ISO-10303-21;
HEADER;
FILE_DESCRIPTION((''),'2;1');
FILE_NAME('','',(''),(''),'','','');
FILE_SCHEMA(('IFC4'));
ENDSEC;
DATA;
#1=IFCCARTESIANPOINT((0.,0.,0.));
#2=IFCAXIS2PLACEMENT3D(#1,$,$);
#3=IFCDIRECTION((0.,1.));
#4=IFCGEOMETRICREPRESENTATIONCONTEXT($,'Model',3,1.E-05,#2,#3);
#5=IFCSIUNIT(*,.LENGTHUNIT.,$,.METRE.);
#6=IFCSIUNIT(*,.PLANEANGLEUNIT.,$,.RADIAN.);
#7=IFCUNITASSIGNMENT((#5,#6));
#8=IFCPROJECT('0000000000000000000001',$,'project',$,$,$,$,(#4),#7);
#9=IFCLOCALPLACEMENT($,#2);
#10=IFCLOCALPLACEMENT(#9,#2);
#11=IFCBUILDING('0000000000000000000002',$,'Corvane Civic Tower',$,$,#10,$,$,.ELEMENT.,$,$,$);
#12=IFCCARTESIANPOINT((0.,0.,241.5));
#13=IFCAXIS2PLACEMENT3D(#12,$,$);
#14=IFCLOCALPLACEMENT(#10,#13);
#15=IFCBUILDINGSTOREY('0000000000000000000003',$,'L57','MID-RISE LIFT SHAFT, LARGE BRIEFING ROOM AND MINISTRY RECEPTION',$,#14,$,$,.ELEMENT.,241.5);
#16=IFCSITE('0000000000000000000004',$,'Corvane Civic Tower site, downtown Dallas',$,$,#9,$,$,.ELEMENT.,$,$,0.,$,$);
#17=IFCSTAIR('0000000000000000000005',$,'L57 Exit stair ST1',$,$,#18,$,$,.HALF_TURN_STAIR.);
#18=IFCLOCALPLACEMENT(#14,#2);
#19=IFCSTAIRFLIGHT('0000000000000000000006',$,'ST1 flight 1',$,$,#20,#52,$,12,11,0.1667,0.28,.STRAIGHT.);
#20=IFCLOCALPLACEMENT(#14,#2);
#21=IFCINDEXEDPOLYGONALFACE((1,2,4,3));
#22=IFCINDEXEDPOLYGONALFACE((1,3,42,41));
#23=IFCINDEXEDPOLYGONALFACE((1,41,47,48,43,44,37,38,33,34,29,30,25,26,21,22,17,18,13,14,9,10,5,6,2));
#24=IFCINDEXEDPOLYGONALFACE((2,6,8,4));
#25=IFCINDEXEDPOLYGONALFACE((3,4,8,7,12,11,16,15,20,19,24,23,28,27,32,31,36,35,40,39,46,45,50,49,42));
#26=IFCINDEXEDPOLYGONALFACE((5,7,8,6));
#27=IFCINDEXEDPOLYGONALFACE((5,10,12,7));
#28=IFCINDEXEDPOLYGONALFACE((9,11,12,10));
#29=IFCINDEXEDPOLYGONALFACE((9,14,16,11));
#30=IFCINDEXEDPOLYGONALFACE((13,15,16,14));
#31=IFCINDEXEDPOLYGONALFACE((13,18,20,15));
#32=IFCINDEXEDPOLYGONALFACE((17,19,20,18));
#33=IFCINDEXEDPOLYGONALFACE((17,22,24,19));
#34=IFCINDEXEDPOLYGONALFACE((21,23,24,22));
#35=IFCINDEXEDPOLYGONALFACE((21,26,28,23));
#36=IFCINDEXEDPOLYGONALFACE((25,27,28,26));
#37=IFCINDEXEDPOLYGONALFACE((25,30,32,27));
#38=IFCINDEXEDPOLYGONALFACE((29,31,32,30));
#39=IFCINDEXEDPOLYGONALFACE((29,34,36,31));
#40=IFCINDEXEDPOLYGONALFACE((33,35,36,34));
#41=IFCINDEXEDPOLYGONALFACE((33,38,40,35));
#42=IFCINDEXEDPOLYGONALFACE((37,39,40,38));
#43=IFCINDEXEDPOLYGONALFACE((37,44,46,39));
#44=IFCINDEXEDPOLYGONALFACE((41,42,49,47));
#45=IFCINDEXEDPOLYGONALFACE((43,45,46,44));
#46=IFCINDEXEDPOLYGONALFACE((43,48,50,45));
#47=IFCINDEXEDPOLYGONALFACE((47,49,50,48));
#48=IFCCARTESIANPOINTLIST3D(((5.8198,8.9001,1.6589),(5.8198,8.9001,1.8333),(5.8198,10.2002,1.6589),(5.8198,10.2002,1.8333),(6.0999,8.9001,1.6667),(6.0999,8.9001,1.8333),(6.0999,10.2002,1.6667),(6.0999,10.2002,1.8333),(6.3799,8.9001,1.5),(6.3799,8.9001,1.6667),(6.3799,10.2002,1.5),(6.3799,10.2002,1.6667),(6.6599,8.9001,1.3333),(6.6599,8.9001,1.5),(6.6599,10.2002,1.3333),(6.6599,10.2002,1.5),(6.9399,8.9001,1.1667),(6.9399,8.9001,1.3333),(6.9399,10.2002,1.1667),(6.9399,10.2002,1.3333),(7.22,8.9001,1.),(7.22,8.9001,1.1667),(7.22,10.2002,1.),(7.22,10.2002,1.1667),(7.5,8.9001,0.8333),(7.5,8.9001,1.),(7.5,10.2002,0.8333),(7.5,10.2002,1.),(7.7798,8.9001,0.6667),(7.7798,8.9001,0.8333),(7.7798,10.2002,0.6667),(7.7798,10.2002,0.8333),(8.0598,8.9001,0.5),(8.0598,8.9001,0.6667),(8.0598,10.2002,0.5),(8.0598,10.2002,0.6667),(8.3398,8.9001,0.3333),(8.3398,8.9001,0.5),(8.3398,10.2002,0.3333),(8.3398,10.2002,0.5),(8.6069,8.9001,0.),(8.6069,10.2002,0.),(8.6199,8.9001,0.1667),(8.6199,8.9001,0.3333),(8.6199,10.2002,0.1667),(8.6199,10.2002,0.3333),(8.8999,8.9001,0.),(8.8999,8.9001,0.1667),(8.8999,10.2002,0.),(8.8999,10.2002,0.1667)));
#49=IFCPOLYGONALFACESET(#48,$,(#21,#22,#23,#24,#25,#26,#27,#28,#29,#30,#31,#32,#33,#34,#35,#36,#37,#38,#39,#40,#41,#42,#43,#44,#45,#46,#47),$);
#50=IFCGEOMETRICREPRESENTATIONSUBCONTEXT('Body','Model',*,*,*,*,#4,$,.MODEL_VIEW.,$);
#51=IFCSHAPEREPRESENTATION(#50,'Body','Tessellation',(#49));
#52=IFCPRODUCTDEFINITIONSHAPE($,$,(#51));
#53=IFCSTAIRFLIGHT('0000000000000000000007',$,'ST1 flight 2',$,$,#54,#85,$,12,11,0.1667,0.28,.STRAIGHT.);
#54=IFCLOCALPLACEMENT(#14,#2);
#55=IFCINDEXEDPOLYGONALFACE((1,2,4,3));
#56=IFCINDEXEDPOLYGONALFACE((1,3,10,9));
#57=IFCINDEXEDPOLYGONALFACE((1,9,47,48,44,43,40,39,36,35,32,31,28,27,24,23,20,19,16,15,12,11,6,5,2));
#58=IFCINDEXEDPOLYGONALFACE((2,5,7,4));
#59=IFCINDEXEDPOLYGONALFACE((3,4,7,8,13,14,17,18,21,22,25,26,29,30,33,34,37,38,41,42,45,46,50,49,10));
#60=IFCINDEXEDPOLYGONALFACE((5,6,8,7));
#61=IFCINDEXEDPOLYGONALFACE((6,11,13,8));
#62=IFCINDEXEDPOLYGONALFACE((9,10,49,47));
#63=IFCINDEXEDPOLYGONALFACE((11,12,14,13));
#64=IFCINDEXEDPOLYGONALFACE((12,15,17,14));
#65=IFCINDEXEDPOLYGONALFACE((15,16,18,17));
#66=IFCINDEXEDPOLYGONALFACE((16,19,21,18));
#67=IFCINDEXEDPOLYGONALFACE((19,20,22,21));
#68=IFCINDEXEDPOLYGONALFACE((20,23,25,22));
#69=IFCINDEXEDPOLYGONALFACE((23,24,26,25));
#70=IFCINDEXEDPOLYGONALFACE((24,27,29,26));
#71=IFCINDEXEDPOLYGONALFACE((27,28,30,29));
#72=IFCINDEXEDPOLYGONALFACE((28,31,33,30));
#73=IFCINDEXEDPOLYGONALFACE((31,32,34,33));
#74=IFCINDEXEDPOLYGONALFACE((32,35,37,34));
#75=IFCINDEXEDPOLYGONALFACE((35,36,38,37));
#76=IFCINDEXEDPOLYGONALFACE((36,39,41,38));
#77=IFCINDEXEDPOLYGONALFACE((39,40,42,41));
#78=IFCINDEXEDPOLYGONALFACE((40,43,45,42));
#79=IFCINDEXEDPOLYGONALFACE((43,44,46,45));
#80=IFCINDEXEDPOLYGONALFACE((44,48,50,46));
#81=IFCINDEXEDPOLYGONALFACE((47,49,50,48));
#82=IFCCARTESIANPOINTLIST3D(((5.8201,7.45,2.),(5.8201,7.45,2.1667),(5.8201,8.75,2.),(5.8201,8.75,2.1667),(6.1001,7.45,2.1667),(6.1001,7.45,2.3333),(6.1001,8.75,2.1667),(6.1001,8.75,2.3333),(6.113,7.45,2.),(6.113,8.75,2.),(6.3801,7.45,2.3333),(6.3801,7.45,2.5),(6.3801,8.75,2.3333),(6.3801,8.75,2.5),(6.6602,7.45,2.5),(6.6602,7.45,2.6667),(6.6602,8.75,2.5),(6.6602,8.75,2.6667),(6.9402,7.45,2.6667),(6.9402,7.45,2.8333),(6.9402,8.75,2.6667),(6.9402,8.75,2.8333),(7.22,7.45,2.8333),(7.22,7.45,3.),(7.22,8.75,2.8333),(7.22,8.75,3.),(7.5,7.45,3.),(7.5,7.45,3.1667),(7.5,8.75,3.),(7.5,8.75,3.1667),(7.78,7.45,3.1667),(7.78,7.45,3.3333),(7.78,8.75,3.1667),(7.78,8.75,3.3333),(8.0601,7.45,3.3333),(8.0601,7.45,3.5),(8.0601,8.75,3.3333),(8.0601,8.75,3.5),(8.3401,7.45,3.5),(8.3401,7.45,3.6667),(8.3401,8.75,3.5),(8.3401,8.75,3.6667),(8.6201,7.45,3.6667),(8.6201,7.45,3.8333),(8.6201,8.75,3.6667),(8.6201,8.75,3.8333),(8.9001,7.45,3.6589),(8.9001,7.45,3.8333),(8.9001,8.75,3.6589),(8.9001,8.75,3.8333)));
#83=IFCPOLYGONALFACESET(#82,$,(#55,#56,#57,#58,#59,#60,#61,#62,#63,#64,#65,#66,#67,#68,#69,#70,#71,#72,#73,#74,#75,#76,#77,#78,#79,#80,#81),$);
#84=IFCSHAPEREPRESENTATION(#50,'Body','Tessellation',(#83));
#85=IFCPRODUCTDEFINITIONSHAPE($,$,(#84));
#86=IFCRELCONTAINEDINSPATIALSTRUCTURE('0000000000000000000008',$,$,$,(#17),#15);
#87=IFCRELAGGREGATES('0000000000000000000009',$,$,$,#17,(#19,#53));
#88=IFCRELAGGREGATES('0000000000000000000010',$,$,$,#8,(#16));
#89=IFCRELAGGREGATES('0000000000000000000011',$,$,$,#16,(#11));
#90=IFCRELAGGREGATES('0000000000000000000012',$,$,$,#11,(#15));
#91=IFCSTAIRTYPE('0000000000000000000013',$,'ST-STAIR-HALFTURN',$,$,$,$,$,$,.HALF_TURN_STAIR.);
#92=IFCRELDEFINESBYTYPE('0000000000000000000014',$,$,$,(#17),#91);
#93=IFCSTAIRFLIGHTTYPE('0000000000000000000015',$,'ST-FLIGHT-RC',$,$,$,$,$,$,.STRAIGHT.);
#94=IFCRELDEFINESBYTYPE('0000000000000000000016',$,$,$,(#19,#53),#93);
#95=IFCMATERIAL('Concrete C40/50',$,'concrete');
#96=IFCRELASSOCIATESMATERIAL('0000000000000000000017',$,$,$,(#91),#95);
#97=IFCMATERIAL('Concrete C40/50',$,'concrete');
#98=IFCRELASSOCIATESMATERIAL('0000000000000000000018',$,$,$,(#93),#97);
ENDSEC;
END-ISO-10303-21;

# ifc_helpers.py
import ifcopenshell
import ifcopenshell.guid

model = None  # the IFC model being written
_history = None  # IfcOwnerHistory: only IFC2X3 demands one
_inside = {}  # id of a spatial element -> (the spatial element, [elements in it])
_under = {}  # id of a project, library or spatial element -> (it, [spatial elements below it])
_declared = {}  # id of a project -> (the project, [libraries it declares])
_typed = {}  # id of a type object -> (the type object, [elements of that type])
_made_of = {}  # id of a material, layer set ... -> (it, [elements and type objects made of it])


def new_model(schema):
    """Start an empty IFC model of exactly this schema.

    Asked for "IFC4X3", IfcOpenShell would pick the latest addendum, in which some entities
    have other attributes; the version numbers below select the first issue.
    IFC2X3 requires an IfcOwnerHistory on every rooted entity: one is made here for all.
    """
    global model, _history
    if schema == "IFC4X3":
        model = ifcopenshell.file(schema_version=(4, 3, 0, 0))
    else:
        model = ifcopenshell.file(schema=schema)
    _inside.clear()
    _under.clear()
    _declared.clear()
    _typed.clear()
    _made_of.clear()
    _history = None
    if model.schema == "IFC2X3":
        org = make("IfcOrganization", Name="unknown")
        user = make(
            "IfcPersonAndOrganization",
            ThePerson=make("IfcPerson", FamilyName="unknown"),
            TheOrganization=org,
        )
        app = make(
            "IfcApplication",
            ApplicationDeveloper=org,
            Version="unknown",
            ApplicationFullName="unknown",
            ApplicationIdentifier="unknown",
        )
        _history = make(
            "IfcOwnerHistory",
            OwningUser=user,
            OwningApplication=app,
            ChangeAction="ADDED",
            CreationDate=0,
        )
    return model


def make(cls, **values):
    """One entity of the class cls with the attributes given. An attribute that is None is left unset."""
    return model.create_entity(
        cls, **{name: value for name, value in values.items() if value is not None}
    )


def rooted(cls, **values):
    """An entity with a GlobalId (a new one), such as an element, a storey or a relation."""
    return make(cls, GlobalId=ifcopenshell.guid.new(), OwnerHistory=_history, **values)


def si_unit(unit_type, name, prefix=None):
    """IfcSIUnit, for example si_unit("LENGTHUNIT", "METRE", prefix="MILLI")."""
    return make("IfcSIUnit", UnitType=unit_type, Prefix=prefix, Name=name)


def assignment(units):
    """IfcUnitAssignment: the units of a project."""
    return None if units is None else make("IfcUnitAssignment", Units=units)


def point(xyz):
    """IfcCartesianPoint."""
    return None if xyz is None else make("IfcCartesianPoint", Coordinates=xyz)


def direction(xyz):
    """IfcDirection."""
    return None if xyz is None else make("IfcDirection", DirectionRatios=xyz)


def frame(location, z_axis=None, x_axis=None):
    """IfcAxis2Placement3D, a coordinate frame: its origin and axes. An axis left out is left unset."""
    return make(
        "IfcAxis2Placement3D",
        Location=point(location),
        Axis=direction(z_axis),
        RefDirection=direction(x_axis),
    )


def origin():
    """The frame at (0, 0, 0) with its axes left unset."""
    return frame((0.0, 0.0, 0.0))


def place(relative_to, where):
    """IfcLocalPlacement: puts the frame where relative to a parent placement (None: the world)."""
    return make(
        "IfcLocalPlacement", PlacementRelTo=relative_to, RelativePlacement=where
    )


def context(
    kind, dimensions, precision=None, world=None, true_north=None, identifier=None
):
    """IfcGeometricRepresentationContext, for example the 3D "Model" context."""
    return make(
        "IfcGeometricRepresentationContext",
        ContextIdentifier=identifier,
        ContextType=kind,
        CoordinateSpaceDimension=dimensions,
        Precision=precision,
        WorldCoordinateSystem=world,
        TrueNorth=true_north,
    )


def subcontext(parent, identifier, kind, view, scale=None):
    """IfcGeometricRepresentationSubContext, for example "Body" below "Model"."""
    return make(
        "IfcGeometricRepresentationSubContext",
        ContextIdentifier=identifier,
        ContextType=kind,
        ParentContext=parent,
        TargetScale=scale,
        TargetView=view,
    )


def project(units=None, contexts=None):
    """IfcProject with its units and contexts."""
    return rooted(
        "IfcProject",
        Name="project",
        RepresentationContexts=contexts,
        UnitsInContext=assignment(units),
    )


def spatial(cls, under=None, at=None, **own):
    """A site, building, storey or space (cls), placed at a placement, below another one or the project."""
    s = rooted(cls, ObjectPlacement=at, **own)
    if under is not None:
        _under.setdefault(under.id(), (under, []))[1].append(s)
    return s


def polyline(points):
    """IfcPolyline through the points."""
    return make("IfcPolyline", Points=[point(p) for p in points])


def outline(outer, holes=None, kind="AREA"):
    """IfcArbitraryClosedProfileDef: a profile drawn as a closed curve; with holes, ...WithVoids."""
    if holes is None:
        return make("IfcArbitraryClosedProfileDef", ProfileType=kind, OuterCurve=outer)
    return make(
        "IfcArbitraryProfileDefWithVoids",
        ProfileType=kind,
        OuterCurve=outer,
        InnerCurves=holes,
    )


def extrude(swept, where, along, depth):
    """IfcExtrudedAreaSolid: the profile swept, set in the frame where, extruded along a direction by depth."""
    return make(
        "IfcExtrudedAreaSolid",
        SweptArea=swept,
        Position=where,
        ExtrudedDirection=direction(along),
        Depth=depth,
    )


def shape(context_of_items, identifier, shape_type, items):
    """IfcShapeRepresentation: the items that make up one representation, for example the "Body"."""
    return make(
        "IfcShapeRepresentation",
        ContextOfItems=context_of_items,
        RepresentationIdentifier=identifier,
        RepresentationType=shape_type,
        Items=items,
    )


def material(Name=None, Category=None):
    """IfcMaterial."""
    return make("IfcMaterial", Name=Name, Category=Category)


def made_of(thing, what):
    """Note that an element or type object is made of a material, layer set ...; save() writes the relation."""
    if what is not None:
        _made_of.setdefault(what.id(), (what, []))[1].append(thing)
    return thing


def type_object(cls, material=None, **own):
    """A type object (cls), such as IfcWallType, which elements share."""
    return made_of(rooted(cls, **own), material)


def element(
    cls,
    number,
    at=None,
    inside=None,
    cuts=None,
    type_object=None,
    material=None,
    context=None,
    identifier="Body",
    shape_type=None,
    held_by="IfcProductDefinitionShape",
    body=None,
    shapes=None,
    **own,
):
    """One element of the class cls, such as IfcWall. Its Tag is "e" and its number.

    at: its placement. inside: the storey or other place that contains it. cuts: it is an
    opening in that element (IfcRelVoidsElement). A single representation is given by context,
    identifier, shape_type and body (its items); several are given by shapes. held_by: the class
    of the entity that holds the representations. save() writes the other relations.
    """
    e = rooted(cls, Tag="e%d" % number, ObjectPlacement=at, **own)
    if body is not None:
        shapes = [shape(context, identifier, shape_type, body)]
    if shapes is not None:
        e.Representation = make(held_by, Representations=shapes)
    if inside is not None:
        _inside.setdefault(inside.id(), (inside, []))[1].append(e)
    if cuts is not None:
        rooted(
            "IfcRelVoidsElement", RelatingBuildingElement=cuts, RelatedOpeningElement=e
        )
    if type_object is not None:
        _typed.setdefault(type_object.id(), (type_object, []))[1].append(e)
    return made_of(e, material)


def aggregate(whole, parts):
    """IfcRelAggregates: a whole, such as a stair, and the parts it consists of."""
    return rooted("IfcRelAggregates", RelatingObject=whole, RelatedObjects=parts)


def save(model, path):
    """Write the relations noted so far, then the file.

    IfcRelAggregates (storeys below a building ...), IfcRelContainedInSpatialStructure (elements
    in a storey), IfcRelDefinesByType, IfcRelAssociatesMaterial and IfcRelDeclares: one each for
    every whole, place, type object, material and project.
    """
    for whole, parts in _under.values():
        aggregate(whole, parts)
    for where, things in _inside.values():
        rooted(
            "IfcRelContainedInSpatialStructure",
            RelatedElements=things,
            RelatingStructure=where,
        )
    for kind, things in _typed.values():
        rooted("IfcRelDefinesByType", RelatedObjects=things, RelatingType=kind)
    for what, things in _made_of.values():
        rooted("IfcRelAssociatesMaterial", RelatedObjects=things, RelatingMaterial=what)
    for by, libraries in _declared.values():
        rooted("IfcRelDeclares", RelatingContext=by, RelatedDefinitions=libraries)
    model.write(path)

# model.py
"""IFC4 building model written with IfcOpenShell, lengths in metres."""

from ifc_helpers import new_model, si_unit, direction, frame, origin, place, context, subcontext, project, spatial, polyline, outline, extrude, material, type_object, element, aggregate, save


model = new_model("IFC4")

# Units and contexts
model_context = context("Model", 3, precision=1e-05, world=origin(), true_north=direction((0.0, 1.0)))
body_context = subcontext(model_context, "Body", "Model", "MODEL_VIEW")
ifc_project = project(units=[si_unit("LENGTHUNIT", "METRE"), si_unit("PLANEANGLEUNIT", "RADIAN")], contexts=[model_context])

# Site, building, storey
site_placement = place(None, origin())
site = spatial("IfcSite", under=ifc_project, at=site_placement, Name="Corvane Civic Tower site, downtown Dallas", CompositionType="ELEMENT", RefElevation=0.0)
building_placement = place(site_placement, origin())
building = spatial("IfcBuilding", under=site, at=building_placement, Name="Corvane Civic Tower", CompositionType="ELEMENT")
storey_placement = place(building_placement, frame((0.0, 0.0, 241.5)))
storey = spatial("IfcBuildingStorey", under=building, at=storey_placement, Name="L57", Description="MID-RISE LIFT SHAFT, LARGE BRIEFING ROOM AND MINISTRY RECEPTION", CompositionType="ELEMENT", Elevation=241.5)

# Stair, stair flights
ifc_material_1 = material(Name="Concrete C40/50", Category="concrete")
stair_type = type_object("IfcStairType", Name="ST-STAIR-HALFTURN", PredefinedType="HALF_TURN_STAIR", material=ifc_material_1)
stair_placement = place(storey_placement, origin())
stair = element("IfcStair", 1, at=stair_placement, inside=storey, type_object=stair_type, Name="L57 Exit stair ST1", PredefinedType="HALF_TURN_STAIR")
ifc_material_2 = material(Name="Concrete C40/50", Category="concrete")
stair_flight_type = type_object("IfcStairFlightType", Name="ST-FLIGHT-RC", PredefinedType="STRAIGHT", material=ifc_material_2)
stair_flight_1_placement = place(storey_placement, frame((8.8999, 9.55, 0.0), z_axis=(0.0, 0.0, 1.0), x_axis=(-1.0, 0.0, 0.0)))
stair_flight_1 = element("IfcStairFlight", 2, at=stair_flight_1_placement, type_object=stair_flight_type, Name="ST1 flight 1", NumberOfRisers=12, NumberOfTreads=11, PredefinedType="STRAIGHT", RiserHeight=0.1667, TreadLength=0.28, context=body_context, shape_type="SweptSolid", body=[
    extrude(outline(polyline([(0.0, 0.0), (0.0, 0.1667), (0.28, 0.1667), (0.28, 0.3333), (0.5601, 0.3333), (0.5601, 0.5), (0.8401, 0.5), (0.8401, 0.6667), (1.1201, 0.6667), (1.1201, 0.8333), (1.3999, 0.8333), (1.3999, 1.0), (1.6799, 1.0), (1.6799, 1.1667), (1.96, 1.1667), (1.96, 1.3333), (2.24, 1.3333), (2.24, 1.5), (2.52, 1.5), (2.52, 1.6667), (2.8, 1.6667), (2.8, 1.8333), (3.0801, 1.8333), (3.0801, 2.0), (3.0801, 1.6589), (0.293, 0.0), (0.0, 0.0)])), frame((0.0, 0.6499, 0.0), z_axis=(0.0, -1.0, 0.0), x_axis=(1.0, 0.0, 0.0)), (0.0, 0.0, 1.0), 1.3),
])
stair_flight_2_placement = place(storey_placement, frame((5.8201, 8.1001, 2.0), z_axis=(0.0, 0.0, 1.0), x_axis=(1.0, 0.0, 0.0)))
stair_flight_2 = element("IfcStairFlight", 3, at=stair_flight_2_placement, type_object=stair_flight_type, Name="ST1 flight 2", NumberOfRisers=12, NumberOfTreads=11, PredefinedType="STRAIGHT", RiserHeight=0.1667, TreadLength=0.28, context=body_context, shape_type="SweptSolid", body=[
    extrude(outline(polyline([(0.0, 0.0), (0.0, 0.1667), (0.28, 0.1667), (0.28, 0.3333), (0.5601, 0.3333), (0.5601, 0.5), (0.8401, 0.5), (0.8401, 0.6667), (1.1201, 0.6667), (1.1201, 0.8333), (1.3999, 0.8333), (1.3999, 1.0), (1.6799, 1.0), (1.6799, 1.1667), (1.96, 1.1667), (1.96, 1.3333), (2.24, 1.3333), (2.24, 1.5), (2.52, 1.5), (2.52, 1.6667), (2.8, 1.6667), (2.8, 1.8333), (3.0801, 1.8333), (3.0801, 2.0), (3.0801, 1.6589), (0.293, 0.0), (0.0, 0.0)])), frame((0.0, 0.6499, 0.0), z_axis=(0.0, -1.0, 0.0), x_axis=(1.0, 0.0, 0.0)), (0.0, 0.0, 1.0), 1.3),
])
aggregate(stair, [stair_flight_1, stair_flight_2])

save(model, "model.ifc")
